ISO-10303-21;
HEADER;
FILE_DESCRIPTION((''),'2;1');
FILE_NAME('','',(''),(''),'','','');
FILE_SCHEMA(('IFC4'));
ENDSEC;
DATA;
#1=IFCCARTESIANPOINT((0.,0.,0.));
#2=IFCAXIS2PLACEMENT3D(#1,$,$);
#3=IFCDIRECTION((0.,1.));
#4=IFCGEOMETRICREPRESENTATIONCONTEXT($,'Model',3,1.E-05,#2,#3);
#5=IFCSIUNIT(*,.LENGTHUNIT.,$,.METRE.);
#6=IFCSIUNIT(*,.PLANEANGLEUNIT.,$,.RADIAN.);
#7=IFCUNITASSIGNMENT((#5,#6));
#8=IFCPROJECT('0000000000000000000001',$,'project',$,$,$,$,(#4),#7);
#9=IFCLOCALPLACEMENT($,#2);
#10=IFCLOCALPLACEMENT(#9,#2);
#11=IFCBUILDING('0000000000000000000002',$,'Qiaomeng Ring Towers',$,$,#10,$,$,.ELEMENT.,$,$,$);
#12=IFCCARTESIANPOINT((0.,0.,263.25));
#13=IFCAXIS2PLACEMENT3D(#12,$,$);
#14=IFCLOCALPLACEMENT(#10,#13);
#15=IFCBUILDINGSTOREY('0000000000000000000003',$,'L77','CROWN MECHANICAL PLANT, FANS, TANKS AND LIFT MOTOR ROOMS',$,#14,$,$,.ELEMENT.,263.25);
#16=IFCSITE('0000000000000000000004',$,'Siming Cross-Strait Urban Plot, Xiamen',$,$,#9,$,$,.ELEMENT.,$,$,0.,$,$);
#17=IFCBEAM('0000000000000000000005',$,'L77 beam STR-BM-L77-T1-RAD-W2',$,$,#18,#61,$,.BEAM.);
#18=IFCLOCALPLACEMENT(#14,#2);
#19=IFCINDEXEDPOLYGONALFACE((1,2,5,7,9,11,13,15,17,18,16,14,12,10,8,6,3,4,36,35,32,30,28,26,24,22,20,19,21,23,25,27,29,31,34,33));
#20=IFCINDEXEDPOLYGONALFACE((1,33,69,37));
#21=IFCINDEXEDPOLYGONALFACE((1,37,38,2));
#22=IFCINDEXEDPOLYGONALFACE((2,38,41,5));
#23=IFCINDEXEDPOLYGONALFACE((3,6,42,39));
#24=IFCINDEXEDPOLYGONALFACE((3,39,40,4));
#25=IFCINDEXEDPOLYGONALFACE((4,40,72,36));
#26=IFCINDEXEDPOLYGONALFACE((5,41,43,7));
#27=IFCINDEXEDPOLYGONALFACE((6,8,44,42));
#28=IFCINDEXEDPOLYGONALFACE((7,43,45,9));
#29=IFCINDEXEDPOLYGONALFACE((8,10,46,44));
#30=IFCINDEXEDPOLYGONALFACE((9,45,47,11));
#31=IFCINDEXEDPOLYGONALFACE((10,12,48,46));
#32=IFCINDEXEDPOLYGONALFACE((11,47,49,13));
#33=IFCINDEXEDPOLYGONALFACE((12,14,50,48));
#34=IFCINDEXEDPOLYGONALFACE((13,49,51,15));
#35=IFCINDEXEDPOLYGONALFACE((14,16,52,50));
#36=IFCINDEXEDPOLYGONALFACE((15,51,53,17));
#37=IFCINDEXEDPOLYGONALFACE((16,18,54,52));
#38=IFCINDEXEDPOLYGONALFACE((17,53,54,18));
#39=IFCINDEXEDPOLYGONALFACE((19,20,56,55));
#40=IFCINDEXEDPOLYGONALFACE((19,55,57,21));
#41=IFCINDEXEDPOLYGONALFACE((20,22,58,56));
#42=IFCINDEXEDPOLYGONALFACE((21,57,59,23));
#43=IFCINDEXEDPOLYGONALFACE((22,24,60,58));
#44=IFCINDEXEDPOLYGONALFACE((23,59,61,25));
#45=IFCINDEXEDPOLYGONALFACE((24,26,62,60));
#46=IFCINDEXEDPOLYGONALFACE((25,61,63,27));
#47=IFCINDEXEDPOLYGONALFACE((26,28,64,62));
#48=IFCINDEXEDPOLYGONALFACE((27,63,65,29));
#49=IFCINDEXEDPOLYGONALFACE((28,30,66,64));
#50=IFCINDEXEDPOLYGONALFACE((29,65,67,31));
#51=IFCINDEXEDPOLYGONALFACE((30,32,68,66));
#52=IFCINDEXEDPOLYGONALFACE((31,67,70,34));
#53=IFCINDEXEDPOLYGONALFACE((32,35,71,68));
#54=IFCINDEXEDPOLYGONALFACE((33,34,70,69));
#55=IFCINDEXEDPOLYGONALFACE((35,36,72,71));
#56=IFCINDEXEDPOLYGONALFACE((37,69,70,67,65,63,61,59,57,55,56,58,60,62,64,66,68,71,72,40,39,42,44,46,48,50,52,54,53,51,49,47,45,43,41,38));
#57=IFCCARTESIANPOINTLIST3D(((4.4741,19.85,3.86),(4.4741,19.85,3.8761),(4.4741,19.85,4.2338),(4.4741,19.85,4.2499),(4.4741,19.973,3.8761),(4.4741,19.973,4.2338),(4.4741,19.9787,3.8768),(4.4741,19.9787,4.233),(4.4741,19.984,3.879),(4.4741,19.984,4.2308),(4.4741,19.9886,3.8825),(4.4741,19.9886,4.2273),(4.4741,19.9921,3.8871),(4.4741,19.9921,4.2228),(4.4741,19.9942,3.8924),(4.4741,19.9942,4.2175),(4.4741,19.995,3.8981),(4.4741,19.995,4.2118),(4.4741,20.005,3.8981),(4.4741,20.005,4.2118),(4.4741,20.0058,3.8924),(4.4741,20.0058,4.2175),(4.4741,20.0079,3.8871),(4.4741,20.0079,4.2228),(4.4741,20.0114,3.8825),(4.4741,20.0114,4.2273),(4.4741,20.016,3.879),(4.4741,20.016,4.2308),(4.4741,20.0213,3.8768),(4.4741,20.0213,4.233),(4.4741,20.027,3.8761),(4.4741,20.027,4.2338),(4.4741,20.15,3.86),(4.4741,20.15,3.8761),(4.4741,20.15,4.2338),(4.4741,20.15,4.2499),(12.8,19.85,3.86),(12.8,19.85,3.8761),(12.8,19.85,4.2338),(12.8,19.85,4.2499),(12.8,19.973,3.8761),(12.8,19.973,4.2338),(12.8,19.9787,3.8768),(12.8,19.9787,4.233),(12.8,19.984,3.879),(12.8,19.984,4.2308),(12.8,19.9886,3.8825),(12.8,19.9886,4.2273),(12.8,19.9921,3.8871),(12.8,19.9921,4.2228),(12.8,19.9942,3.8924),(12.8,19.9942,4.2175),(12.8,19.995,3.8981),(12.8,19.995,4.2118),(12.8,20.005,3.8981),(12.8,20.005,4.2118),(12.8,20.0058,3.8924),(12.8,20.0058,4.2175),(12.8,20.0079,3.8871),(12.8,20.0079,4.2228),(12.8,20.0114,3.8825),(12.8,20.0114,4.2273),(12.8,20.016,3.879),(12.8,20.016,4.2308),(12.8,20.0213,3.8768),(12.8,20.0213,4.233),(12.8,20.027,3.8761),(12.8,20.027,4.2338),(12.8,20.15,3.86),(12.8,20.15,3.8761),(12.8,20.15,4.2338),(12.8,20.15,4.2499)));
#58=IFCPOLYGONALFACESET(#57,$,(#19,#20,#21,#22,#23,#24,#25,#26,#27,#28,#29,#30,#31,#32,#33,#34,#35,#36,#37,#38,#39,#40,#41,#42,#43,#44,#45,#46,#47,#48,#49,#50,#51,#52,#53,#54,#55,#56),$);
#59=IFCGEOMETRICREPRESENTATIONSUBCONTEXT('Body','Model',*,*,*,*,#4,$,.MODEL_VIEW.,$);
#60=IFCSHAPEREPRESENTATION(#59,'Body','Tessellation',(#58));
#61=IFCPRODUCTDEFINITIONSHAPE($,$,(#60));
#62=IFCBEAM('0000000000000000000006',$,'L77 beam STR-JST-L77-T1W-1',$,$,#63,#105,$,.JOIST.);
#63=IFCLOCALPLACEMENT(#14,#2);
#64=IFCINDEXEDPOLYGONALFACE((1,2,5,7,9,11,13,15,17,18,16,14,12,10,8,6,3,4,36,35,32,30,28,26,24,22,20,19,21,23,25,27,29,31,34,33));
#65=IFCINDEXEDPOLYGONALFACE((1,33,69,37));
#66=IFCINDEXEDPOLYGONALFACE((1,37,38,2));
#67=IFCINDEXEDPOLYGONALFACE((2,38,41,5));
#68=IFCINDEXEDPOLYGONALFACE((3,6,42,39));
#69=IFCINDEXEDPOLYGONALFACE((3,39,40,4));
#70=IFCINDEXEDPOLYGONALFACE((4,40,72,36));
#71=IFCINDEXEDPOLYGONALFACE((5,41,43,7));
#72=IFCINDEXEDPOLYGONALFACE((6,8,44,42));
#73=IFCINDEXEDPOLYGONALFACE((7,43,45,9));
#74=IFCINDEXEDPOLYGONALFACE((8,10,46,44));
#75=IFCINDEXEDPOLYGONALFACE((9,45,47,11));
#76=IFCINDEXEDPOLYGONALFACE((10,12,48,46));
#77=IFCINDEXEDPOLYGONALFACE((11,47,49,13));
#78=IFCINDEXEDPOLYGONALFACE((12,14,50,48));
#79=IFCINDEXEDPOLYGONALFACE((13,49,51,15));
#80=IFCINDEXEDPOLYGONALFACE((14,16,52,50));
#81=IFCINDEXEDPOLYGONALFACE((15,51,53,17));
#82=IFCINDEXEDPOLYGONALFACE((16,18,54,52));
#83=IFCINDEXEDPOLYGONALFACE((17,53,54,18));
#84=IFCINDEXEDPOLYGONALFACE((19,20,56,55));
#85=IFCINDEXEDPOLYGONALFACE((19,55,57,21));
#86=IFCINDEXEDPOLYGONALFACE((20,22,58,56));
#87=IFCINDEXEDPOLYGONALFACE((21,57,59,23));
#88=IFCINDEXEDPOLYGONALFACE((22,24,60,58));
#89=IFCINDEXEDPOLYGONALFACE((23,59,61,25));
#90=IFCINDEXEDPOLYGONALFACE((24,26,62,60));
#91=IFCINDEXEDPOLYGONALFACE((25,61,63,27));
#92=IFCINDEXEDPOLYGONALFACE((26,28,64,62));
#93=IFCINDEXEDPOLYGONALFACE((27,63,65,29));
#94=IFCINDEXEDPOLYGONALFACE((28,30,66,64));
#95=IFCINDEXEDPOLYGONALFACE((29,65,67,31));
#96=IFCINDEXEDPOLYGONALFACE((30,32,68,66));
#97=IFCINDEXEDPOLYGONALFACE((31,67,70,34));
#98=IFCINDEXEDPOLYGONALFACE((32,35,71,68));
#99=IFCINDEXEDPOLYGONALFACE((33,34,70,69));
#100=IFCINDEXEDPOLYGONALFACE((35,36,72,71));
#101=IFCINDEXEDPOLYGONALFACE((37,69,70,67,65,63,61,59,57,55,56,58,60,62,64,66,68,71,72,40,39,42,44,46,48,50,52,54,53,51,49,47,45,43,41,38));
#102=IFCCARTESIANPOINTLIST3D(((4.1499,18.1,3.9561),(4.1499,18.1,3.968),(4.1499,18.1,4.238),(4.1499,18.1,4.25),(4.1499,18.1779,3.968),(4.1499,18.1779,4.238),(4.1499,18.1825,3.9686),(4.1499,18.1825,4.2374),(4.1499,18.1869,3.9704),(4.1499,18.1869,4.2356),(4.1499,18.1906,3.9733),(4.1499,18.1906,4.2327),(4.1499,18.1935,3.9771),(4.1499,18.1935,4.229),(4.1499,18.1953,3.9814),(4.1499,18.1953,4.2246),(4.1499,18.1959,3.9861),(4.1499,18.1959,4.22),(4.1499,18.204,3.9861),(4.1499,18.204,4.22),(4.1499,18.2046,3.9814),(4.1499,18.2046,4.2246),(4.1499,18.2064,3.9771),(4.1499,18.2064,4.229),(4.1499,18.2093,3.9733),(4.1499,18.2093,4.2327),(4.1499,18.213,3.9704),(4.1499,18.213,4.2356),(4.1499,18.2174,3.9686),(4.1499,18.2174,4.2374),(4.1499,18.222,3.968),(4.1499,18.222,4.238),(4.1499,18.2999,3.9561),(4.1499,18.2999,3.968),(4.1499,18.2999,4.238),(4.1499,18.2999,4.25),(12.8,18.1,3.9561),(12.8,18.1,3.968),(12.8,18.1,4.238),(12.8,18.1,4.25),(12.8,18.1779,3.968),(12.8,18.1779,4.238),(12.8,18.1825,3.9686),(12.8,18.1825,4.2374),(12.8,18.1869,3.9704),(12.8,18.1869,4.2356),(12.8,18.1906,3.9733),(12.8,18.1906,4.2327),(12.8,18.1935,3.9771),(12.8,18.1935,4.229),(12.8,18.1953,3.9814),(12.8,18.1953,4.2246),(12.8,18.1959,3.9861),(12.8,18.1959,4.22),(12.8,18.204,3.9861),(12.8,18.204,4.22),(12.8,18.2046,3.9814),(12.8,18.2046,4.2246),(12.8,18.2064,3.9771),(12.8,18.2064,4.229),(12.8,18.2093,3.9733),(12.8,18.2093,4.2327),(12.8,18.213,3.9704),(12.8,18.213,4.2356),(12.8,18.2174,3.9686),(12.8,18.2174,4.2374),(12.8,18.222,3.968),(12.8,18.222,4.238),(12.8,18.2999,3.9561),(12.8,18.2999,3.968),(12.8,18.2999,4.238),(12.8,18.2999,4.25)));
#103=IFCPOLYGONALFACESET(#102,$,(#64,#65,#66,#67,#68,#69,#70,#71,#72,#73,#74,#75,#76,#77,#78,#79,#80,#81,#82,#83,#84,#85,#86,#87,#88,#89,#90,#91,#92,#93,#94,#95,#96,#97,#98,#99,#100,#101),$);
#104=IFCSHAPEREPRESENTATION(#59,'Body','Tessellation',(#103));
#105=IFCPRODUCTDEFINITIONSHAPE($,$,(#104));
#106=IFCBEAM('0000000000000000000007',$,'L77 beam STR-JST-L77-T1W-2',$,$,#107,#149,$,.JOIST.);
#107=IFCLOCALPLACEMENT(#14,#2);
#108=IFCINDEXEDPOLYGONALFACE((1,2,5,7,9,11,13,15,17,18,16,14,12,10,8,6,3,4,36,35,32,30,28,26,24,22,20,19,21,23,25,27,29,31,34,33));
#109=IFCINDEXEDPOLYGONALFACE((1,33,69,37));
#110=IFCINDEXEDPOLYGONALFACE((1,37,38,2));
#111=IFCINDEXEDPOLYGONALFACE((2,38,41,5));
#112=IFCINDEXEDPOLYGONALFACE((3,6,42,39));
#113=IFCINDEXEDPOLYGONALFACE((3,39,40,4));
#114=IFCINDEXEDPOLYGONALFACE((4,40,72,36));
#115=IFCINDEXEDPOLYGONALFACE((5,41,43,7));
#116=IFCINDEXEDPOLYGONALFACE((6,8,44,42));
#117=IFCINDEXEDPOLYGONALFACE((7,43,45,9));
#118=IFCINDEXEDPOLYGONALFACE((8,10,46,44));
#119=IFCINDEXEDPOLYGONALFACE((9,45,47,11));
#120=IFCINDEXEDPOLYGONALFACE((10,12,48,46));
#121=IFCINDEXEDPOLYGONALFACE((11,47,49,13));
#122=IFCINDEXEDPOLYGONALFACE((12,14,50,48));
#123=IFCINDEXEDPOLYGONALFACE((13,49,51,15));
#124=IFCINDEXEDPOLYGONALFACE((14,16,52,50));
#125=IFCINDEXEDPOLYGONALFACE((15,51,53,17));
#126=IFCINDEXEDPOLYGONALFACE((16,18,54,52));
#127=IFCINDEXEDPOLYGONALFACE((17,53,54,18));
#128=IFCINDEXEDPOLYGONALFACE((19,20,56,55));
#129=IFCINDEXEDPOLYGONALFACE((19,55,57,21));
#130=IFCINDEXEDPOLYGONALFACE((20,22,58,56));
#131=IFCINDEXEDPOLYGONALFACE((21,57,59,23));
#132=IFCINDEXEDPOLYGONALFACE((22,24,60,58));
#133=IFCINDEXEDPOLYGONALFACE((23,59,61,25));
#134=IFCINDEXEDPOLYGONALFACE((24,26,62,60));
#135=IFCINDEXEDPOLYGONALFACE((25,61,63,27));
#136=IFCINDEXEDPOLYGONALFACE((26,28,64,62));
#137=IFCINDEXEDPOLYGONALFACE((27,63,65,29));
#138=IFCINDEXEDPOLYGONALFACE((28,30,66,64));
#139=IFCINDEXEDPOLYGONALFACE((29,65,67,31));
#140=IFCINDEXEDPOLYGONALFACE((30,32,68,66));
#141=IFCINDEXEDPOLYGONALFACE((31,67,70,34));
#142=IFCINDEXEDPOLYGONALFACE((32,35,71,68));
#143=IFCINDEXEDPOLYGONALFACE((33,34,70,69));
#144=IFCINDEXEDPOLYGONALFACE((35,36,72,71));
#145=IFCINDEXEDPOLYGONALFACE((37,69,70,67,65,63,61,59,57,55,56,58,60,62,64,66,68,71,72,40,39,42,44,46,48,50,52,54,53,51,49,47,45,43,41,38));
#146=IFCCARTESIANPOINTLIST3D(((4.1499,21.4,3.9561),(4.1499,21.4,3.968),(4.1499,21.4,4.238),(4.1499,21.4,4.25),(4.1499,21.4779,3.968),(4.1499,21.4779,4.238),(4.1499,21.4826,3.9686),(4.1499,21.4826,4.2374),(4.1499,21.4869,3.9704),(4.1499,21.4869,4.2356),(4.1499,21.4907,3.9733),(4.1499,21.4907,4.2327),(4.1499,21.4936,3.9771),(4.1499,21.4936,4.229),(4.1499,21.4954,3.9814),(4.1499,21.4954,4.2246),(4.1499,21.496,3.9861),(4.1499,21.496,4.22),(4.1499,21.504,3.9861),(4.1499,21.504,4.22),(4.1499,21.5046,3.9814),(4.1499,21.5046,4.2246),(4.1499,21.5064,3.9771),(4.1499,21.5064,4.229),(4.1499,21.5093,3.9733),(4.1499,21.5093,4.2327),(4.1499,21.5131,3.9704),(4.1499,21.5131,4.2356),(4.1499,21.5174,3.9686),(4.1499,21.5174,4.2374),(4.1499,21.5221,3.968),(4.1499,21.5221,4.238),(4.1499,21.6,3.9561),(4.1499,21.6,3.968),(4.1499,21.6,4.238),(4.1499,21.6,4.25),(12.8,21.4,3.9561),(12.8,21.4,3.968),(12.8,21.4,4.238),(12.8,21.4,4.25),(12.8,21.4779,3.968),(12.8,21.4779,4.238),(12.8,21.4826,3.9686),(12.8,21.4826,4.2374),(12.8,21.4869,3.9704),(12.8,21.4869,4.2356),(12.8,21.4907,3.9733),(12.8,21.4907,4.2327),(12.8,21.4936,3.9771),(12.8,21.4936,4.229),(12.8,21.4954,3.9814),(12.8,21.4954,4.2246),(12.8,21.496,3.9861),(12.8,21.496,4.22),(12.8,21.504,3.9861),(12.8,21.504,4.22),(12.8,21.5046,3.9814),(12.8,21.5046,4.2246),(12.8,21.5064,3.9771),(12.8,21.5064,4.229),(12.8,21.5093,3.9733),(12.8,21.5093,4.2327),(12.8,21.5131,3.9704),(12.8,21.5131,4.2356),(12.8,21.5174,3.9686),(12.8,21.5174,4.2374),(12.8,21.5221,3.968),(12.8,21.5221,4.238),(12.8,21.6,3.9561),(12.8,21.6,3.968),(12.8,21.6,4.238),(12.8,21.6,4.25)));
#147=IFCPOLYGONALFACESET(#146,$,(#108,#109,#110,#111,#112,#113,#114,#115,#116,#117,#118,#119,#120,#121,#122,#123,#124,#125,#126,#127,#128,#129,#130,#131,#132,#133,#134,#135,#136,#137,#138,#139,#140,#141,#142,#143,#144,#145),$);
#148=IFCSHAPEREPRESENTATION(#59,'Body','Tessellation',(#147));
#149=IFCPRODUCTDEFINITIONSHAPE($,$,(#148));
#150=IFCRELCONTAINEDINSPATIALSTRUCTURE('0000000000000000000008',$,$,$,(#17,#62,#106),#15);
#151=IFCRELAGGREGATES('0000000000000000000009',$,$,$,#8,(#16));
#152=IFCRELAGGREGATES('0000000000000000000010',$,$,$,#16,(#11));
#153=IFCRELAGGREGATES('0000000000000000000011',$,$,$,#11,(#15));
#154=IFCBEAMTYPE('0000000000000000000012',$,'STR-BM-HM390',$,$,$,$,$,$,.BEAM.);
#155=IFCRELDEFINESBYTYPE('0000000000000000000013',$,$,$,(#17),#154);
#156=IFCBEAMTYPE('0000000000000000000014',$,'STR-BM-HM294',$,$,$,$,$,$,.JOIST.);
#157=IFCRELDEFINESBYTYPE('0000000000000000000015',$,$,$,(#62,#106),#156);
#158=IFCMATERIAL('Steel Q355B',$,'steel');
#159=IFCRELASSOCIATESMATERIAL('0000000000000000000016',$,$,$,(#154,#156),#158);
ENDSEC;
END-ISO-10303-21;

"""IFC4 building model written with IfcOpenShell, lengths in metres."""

from ifc_helpers import new_model, si_unit, direction, frame, origin, origin_2d, place, context, subcontext, project, spatial, i_section, extrude, source, transform, mapped, material, material_profile, profile_set, type_object, element, save


model = new_model("IFC4")

# Units and contexts
model_context = context("Model", 3, precision=1e-05, world=origin(), true_north=direction((0.0, 1.0)))
body_context = subcontext(model_context, "Body", "Model", "MODEL_VIEW")
ifc_project = project(units=[si_unit("LENGTHUNIT", "METRE"), si_unit("PLANEANGLEUNIT", "RADIAN")], contexts=[model_context])

# Site, building, storey
site_placement = place(None, origin())
site = spatial("IfcSite", under=ifc_project, at=site_placement, Name="Siming Cross-Strait Urban Plot, Xiamen", CompositionType="ELEMENT", RefElevation=0.0)
building_placement = place(site_placement, origin())
building = spatial("IfcBuilding", under=site, at=building_placement, Name="Qiaomeng Ring Towers", CompositionType="ELEMENT")
storey_placement = place(building_placement, frame((0.0, 0.0, 263.25)))
storey = spatial("IfcBuildingStorey", under=building, at=storey_placement, Name="L77", Description="CROWN MECHANICAL PLANT, FANS, TANKS AND LIFT MOTOR ROOMS", CompositionType="ELEMENT", Elevation=263.25)

# Beams
ifc_material_1 = material(Name="Steel Q355B", Category="steel")
ifc_material_profile_1 = material_profile(ifc_material_1, i_section(OverallWidth=0.3, OverallDepth=0.3899, WebThickness=0.01, FlangeThickness=0.0161, FilletRadius=0.022, at=origin_2d()), Name="HM 390x300x10x16")
ifc_profile_set_1 = profile_set([ifc_material_profile_1], Name="Steel Q355B")
beam_type_1 = type_object("IfcBeamType", Name="STR-BM-HM390", PredefinedType="BEAM", material=ifc_profile_set_1)
shared_shape_1 = source(origin(), body_context, "Body", "SweptSolid", [
    extrude(i_section(OverallWidth=0.3, OverallDepth=0.3899, WebThickness=0.01, FlangeThickness=0.0161, FilletRadius=0.022, at=origin_2d()), origin(), (0.0, 0.0, 1.0), 8.3259),
])
beam_1_placement = place(storey_placement, frame((4.4741, 20.0, 4.0549), z_axis=(1.0, 0.0, 0.0), x_axis=(0.0, 1.0, 0.0)))
element("IfcBeam", 1, at=beam_1_placement, inside=storey, type_object=beam_type_1, Name="L77 beam STR-BM-L77-T1-RAD-W2", PredefinedType="BEAM", context=body_context, shape_type="MappedRepresentation", body=[
    mapped(shared_shape_1, transform((0.0, 0.0, 0.0), x_axis=(1.0, 0.0, 0.0), y_axis=(0.0, 1.0, 0.0), z_axis=(0.0, 0.0, 1.0), scale=1.0)),
])
ifc_material_profile_2 = material_profile(ifc_material_1, i_section(OverallWidth=0.2, OverallDepth=0.2939, WebThickness=0.0081, FlangeThickness=0.012, FilletRadius=0.0181, at=origin_2d()), Name="HM 294x200x8x12")
ifc_profile_set_2 = profile_set([ifc_material_profile_2], Name="Steel Q355B")
beam_type_2 = type_object("IfcBeamType", Name="STR-BM-HM294", PredefinedType="JOIST", material=ifc_profile_set_2)
shared_shape_2 = source(origin(), body_context, "Body", "SweptSolid", [
    extrude(i_section(OverallWidth=0.2, OverallDepth=0.2939, WebThickness=0.0081, FlangeThickness=0.012, FilletRadius=0.0181, at=origin_2d()), origin(), (0.0, 0.0, 1.0), 8.6501),
])
for number, where, z_axis, x_axis, name in (
    (2, (4.1499, 18.2, 4.103), (1.0, 0.0, 0.0), (0.0, 1.0, 0.0), "L77 beam STR-JST-L77-T1W-1"),
    (3, (4.1499, 21.5, 4.103), (1.0, 0.0, 0.0), (0.0, 1.0, 0.0), "L77 beam STR-JST-L77-T1W-2"),
):
    element("IfcBeam", number, at=place(storey_placement, frame(where, z_axis=z_axis, x_axis=x_axis)), inside=storey, type_object=beam_type_2, Name=name, PredefinedType="JOIST", context=body_context, shape_type="MappedRepresentation", body=[
        mapped(shared_shape_2, transform((0.0, 0.0, 0.0), x_axis=(1.0, 0.0, 0.0), y_axis=(0.0, 1.0, 0.0), z_axis=(0.0, 0.0, 1.0), scale=1.0)),
    ])

save(model, "model.ifc")
